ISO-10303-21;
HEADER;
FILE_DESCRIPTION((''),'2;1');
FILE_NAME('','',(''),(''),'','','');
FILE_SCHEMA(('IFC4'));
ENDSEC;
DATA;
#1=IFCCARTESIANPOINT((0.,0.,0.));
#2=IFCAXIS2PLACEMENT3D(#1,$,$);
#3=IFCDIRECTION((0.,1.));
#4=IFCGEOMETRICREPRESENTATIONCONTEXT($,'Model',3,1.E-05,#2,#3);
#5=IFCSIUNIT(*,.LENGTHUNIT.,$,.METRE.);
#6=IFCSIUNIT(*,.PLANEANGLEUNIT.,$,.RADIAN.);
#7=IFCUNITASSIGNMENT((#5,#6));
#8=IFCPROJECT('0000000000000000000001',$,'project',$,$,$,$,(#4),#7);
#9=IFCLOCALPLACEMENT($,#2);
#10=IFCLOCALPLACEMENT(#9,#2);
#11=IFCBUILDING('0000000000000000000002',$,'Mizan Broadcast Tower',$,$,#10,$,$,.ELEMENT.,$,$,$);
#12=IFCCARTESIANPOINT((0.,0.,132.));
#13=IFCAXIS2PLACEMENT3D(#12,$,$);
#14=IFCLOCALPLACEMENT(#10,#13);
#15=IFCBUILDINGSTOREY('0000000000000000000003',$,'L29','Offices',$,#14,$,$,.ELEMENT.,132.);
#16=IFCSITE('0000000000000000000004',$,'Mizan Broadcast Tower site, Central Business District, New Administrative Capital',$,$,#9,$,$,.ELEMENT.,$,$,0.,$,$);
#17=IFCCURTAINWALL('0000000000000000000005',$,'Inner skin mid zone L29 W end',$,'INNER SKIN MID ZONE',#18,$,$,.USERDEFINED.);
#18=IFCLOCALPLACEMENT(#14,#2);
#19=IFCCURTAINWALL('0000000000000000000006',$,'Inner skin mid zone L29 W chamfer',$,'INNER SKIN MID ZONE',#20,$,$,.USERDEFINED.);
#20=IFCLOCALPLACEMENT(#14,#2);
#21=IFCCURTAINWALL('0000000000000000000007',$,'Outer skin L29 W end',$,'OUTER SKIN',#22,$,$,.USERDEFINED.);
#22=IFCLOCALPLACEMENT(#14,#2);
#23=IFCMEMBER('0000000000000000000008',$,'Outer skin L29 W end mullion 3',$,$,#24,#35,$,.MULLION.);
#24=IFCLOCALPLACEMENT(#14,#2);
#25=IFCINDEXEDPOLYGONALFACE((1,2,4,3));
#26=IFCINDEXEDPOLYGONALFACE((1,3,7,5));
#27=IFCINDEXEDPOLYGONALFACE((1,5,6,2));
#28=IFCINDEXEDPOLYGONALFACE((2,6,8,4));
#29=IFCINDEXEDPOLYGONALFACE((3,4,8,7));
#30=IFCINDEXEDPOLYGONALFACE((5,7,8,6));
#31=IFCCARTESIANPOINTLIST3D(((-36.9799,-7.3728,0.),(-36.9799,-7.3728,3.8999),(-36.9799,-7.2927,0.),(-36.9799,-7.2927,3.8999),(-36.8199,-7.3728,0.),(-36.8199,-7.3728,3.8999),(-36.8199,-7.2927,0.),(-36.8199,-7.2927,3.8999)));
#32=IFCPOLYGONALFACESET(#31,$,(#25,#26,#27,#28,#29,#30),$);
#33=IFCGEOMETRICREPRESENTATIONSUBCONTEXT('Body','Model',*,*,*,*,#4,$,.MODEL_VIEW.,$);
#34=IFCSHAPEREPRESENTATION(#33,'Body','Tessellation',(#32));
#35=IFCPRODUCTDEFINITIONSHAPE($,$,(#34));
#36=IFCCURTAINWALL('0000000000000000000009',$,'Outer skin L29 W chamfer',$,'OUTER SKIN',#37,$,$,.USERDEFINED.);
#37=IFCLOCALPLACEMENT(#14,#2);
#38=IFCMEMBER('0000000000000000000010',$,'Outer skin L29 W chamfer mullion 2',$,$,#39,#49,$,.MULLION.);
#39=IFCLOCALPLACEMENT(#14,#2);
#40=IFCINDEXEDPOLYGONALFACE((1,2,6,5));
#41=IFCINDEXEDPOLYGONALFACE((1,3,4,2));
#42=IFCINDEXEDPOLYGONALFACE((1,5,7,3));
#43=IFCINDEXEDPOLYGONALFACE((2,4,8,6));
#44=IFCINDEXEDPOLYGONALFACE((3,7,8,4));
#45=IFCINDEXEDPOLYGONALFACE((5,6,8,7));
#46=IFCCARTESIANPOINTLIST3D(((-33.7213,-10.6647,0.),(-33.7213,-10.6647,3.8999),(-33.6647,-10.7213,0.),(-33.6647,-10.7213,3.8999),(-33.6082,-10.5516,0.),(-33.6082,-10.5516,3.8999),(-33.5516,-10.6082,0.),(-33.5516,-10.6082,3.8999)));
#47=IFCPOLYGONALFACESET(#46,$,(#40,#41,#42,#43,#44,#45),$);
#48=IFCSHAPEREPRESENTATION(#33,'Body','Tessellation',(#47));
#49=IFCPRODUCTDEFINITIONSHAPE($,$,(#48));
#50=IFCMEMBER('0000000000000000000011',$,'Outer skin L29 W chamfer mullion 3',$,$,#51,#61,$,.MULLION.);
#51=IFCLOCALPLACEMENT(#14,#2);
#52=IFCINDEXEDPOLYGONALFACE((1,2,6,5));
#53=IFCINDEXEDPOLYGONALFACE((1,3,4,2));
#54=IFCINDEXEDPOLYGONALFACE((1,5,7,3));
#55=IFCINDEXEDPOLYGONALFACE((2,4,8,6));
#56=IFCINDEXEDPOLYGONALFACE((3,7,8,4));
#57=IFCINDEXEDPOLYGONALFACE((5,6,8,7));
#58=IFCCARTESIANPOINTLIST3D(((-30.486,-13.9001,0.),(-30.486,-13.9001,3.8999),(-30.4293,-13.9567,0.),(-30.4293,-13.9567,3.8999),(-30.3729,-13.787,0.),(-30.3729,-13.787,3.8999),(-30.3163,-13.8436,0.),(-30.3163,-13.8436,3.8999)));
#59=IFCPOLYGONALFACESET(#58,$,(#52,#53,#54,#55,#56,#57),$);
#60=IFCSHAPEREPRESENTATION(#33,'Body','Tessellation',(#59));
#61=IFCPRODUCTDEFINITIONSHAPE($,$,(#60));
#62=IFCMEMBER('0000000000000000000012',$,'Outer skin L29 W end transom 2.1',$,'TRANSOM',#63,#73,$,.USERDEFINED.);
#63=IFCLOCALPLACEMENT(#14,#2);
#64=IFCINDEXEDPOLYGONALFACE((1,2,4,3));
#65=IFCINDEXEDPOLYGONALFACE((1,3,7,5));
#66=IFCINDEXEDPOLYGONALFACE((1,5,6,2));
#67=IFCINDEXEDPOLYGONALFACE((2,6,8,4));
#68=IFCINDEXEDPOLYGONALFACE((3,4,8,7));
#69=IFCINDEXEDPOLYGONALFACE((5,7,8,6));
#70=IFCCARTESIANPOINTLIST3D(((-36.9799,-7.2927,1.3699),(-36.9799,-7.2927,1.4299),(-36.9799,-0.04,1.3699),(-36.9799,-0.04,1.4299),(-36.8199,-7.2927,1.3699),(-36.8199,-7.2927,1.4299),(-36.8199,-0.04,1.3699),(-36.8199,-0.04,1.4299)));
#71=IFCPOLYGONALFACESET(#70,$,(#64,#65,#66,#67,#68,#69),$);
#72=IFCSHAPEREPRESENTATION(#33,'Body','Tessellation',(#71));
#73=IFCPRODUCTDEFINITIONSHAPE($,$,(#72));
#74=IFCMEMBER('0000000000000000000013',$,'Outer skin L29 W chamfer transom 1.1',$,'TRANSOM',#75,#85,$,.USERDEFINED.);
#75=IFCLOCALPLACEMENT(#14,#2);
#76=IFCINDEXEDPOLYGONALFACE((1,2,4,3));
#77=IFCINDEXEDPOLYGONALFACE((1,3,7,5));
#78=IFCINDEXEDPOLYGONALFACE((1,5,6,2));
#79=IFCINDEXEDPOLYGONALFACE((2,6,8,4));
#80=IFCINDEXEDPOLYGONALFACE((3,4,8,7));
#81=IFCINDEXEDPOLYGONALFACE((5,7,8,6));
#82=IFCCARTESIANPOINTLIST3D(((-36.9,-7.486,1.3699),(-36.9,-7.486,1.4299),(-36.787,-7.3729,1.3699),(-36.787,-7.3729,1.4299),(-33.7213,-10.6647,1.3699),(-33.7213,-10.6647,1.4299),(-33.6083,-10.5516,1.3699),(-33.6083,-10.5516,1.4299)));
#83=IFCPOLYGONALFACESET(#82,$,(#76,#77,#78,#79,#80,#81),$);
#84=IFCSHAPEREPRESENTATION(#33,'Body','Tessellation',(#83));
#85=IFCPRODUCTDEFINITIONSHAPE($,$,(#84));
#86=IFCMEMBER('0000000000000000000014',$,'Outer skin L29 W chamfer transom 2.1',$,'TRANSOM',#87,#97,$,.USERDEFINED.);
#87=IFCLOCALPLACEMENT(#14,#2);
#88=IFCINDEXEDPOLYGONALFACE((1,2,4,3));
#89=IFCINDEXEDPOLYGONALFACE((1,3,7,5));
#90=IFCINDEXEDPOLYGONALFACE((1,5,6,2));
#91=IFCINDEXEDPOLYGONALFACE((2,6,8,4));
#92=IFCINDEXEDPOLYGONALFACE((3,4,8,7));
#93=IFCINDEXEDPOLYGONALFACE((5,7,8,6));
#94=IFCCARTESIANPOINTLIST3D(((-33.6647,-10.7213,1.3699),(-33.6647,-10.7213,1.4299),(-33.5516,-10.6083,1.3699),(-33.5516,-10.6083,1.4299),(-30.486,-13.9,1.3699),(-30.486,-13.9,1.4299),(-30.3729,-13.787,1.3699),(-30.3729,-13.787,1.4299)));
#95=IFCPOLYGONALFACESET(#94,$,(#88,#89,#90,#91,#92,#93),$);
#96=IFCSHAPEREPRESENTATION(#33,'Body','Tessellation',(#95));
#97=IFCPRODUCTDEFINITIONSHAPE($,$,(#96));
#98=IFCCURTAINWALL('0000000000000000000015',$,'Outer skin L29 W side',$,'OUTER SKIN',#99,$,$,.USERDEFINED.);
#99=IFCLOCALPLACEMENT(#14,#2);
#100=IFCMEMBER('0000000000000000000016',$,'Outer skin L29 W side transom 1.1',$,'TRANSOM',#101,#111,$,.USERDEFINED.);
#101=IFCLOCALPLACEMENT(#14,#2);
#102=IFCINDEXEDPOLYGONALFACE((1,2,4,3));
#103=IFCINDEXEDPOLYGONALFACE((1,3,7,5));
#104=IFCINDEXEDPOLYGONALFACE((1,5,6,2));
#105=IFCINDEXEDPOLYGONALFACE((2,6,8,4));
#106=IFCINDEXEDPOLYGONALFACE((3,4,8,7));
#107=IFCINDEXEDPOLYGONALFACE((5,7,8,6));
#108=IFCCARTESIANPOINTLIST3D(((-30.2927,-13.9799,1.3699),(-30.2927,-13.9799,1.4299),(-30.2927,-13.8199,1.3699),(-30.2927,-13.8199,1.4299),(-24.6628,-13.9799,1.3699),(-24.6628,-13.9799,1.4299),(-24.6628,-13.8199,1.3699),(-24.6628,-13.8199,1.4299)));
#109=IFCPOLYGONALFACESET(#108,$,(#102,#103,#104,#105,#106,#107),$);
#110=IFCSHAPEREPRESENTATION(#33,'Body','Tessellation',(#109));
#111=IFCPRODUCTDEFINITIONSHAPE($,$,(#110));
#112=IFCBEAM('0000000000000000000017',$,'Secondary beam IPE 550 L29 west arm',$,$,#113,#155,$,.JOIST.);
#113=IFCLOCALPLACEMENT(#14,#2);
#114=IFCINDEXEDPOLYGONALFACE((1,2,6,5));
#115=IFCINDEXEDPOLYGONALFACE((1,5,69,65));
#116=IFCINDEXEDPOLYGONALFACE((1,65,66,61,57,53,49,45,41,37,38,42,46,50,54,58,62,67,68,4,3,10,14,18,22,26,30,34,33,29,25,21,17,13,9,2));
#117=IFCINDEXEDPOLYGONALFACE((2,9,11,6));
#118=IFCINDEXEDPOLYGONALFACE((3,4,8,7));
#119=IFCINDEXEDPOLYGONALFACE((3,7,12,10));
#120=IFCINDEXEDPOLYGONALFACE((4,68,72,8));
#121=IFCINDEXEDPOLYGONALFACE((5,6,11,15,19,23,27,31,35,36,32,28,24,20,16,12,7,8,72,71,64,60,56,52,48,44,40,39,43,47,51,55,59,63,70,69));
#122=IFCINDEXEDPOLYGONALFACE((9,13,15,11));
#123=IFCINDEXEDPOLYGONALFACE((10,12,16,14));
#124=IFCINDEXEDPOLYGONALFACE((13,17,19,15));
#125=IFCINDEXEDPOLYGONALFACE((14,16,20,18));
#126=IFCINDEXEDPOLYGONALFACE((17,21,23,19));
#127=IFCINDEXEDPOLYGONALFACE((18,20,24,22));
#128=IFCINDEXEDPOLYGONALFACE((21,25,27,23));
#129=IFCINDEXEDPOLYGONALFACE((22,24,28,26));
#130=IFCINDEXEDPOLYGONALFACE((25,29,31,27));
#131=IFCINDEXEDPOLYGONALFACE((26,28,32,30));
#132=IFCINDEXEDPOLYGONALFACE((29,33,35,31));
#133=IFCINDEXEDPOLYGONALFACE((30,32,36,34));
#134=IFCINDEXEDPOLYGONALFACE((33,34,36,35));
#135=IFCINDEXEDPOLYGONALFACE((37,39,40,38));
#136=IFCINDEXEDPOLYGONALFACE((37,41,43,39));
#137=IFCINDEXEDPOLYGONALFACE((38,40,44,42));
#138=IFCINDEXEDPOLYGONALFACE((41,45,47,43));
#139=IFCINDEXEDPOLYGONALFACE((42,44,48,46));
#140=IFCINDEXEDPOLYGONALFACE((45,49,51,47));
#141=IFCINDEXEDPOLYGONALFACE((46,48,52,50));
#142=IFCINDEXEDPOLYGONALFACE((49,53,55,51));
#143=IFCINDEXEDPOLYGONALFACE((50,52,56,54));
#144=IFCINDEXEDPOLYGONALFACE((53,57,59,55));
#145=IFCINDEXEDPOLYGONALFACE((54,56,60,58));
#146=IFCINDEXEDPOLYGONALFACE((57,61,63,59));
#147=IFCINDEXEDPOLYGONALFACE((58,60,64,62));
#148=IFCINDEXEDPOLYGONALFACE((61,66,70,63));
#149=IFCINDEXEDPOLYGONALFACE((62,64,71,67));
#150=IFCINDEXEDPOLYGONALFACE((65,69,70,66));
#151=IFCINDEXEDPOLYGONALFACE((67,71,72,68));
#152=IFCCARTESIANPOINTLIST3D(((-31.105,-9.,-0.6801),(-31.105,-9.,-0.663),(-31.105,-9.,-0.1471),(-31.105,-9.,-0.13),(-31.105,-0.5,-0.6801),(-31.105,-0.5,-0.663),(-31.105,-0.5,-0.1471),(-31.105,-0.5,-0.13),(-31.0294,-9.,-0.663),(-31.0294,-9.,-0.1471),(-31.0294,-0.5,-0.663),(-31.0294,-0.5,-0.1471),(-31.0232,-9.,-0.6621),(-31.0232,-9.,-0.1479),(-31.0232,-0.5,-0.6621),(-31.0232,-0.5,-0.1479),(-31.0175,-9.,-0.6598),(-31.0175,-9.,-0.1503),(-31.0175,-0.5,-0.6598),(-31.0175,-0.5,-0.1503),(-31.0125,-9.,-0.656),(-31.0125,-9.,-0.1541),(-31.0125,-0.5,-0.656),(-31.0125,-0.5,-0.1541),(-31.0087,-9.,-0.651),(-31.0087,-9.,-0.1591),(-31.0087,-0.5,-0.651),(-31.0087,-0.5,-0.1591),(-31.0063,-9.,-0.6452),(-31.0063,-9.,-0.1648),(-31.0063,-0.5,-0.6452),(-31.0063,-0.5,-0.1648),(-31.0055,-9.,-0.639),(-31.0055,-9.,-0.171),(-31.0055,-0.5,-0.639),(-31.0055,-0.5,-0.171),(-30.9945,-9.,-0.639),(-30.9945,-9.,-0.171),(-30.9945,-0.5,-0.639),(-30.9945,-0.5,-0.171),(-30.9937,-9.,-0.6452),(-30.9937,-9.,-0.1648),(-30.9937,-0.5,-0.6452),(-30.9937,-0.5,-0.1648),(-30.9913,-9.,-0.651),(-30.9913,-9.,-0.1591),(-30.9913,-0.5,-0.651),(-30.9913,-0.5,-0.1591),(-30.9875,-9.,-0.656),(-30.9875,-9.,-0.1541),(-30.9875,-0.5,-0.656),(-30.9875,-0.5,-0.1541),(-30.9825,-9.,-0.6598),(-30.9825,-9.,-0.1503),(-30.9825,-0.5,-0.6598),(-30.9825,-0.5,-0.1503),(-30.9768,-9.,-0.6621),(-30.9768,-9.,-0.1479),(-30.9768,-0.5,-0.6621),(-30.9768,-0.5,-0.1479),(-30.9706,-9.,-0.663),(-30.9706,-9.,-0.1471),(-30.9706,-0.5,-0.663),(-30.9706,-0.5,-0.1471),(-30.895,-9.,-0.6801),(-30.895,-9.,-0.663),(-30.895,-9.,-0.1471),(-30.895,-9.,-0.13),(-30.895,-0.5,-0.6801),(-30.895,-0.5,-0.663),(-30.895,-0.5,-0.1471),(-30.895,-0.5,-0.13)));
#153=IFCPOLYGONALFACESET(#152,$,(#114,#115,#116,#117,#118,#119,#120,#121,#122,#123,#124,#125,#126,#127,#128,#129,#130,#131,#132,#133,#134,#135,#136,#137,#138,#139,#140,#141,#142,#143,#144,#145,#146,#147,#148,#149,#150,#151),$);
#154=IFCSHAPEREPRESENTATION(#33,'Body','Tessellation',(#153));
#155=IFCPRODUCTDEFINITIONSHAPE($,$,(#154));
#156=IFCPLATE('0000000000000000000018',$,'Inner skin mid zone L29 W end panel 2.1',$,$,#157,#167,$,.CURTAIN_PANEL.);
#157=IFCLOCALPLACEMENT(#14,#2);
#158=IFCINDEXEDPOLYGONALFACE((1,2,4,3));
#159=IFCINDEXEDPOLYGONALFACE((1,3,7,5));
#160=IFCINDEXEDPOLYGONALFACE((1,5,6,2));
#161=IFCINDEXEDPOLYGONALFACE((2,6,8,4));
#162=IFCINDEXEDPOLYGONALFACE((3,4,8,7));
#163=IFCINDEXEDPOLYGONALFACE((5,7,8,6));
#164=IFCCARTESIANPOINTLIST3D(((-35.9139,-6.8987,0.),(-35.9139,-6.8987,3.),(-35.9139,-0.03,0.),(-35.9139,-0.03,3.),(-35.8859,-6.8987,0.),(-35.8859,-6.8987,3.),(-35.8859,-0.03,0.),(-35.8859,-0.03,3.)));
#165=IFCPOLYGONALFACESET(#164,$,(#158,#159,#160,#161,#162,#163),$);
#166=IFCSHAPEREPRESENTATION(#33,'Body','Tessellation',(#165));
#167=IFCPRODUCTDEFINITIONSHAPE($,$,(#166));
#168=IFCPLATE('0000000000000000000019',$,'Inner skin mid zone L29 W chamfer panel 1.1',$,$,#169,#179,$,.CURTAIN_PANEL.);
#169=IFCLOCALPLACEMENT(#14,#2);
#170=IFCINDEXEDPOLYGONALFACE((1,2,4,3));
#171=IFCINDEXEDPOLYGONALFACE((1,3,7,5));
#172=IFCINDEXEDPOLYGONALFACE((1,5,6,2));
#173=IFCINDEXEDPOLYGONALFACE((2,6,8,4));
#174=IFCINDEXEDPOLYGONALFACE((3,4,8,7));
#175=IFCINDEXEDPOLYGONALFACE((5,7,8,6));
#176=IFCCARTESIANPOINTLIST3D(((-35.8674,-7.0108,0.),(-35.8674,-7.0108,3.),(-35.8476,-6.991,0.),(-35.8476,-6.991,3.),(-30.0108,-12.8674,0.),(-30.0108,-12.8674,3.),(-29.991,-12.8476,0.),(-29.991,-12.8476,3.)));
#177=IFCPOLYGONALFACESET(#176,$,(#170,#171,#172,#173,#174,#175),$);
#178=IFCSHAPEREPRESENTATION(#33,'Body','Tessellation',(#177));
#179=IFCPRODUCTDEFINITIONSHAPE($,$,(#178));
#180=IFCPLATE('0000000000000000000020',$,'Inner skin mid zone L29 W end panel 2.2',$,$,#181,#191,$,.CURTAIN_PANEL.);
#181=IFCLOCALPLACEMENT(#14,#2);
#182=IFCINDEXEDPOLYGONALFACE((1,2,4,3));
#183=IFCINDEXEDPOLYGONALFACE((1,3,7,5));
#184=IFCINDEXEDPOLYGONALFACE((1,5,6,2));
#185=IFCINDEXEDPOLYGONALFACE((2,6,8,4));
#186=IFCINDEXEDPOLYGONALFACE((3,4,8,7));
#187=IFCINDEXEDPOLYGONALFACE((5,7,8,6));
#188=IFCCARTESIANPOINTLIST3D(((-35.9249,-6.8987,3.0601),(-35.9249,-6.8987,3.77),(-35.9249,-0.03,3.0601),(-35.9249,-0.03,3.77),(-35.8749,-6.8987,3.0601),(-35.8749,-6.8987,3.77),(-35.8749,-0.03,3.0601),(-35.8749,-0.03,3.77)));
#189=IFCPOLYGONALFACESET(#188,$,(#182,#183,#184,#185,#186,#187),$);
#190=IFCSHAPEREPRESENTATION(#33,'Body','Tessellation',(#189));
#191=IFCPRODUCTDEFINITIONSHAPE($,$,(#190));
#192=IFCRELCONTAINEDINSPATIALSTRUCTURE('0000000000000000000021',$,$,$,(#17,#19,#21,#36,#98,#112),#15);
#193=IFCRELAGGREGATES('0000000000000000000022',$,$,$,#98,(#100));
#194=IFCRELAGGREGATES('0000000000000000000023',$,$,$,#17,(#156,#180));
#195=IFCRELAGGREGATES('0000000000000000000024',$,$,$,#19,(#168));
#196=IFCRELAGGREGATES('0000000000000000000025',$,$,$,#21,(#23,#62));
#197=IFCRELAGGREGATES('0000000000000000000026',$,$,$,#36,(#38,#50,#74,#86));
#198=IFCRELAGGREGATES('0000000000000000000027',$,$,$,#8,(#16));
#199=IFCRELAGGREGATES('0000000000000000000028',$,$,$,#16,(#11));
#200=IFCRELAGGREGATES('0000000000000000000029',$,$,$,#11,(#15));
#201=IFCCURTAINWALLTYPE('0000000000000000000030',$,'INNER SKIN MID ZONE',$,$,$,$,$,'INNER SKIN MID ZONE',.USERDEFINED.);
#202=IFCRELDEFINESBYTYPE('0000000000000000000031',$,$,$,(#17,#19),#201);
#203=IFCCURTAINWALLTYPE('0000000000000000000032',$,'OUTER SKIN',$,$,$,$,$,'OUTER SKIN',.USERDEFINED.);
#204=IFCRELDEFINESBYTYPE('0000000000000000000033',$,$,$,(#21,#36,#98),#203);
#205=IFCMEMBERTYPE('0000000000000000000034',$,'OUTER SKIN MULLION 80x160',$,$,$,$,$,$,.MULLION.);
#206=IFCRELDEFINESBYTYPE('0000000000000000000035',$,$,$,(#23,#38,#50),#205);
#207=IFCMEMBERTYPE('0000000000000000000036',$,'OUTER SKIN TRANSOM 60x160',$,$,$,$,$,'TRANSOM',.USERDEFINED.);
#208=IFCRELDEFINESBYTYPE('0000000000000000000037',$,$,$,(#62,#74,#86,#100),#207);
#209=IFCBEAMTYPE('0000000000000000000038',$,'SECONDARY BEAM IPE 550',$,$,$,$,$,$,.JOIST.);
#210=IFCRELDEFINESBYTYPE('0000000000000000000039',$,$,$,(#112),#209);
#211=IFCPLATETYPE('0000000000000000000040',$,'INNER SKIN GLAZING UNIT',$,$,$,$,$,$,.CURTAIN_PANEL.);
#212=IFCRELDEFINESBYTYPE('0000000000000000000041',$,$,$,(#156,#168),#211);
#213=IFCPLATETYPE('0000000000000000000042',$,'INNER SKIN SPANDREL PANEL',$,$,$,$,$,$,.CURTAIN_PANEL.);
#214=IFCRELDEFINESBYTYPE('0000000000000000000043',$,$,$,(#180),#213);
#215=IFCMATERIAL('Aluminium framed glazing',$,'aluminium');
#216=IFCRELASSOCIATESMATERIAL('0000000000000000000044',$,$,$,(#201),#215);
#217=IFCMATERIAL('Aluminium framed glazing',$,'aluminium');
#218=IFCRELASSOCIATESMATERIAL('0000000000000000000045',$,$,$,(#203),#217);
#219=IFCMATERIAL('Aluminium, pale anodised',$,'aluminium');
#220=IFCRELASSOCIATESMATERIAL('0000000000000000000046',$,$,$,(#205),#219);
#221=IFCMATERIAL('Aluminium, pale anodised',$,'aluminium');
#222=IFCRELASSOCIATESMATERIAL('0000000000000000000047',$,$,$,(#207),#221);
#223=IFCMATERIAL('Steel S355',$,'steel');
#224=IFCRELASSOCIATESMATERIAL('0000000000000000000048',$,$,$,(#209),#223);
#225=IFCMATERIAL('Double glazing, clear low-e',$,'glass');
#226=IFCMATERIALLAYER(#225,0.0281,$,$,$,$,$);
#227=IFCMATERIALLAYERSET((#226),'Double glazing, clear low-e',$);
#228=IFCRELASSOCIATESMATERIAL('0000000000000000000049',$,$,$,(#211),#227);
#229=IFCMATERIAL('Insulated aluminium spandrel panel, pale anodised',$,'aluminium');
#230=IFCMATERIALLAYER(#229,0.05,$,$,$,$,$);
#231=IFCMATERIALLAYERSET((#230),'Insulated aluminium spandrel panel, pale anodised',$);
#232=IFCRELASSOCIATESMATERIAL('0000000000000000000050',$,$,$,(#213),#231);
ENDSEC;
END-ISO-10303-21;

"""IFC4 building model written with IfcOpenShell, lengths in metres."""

from ifc_helpers import new_model, si_unit, direction, frame, origin, origin_2d, place, context, subcontext, project, spatial, rectangle, i_section, extrude, material, layer, layer_set, material_profile, profile_set, type_object, element, aggregate, save


model = new_model("IFC4")

# Units and contexts
model_context = context("Model", 3, precision=1e-05, world=origin(), true_north=direction((0.0, 1.0)))
body_context = subcontext(model_context, "Body", "Model", "MODEL_VIEW")
ifc_project = project(units=[si_unit("LENGTHUNIT", "METRE"), si_unit("PLANEANGLEUNIT", "RADIAN")], contexts=[model_context])

# Site, building, storey
site_placement = place(None, origin())
site = spatial("IfcSite", under=ifc_project, at=site_placement, Name="Mizan Broadcast Tower site, Central Business District, New Administrative Capital", CompositionType="ELEMENT", RefElevation=0.0)
building_placement = place(site_placement, origin())
building = spatial("IfcBuilding", under=site, at=building_placement, Name="Mizan Broadcast Tower", CompositionType="ELEMENT")
storey_placement = place(building_placement, frame((0.0, 0.0, 132.0)))
storey = spatial("IfcBuildingStorey", under=building, at=storey_placement, Name="L29", Description="Offices", CompositionType="ELEMENT", Elevation=132.0)

# Curtain wall
ifc_material_1 = material(Name="Aluminium framed glazing", Category="aluminium")
curtain_wall_type_1 = type_object("IfcCurtainWallType", Name="INNER SKIN MID ZONE", ElementType="INNER SKIN MID ZONE", PredefinedType="USERDEFINED", material=ifc_material_1)
curtain_wall_1_placement = place(storey_placement, origin())
curtain_wall_1 = element("IfcCurtainWall", 1, at=curtain_wall_1_placement, inside=storey, type_object=curtain_wall_type_1, Name="Inner skin mid zone L29 W end", ObjectType="INNER SKIN MID ZONE", PredefinedType="USERDEFINED")

# Curtain wall
curtain_wall_2_placement = place(storey_placement, origin())
curtain_wall_2 = element("IfcCurtainWall", 2, at=curtain_wall_2_placement, inside=storey, type_object=curtain_wall_type_1, Name="Inner skin mid zone L29 W chamfer", ObjectType="INNER SKIN MID ZONE", PredefinedType="USERDEFINED")

# Curtain walls, members
ifc_material_2 = material(Name="Aluminium framed glazing", Category="aluminium")
curtain_wall_type_2 = type_object("IfcCurtainWallType", Name="OUTER SKIN", ElementType="OUTER SKIN", PredefinedType="USERDEFINED", material=ifc_material_2)
curtain_wall_3_placement = place(storey_placement, origin())
curtain_wall_3 = element("IfcCurtainWall", 3, at=curtain_wall_3_placement, inside=storey, type_object=curtain_wall_type_2, Name="Outer skin L29 W end", ObjectType="OUTER SKIN", PredefinedType="USERDEFINED")
ifc_material_3 = material(Name="Aluminium, pale anodised", Category="aluminium")
ifc_material_profile_1 = material_profile(ifc_material_3, rectangle(XDim=0.1599, YDim=0.0801, at=origin_2d()), Name="MULLION 160x80")
ifc_profile_set_1 = profile_set([ifc_material_profile_1], Name="Aluminium, pale anodised")
member_type_1 = type_object("IfcMemberType", Name="OUTER SKIN MULLION 80x160", PredefinedType="MULLION", material=ifc_profile_set_1)
member_1_placement = place(storey_placement, frame((-36.8999, -7.3328, 0.0), z_axis=(0.0, 0.0, 1.0), x_axis=(1.0, 0.0, 0.0)))
member_1 = element("IfcMember", 4, at=member_1_placement, type_object=member_type_1, Name="Outer skin L29 W end mullion 3", PredefinedType="MULLION", context=body_context, shape_type="SweptSolid", body=[
    extrude(rectangle(XDim=0.1599, YDim=0.0801, at=origin_2d()), origin(), (0.0, 0.0, 1.0), 3.8999),
])
curtain_wall_4_placement = place(storey_placement, origin())
curtain_wall_4 = element("IfcCurtainWall", 5, at=curtain_wall_4_placement, inside=storey, type_object=curtain_wall_type_2, Name="Outer skin L29 W chamfer", ObjectType="OUTER SKIN", PredefinedType="USERDEFINED")
member_2_placement = place(storey_placement, frame((-33.6365, -10.6365, 0.0), z_axis=(0.0, 0.0, 1.0), x_axis=(0.707107, 0.707107, 0.0)))
member_2 = element("IfcMember", 6, at=member_2_placement, type_object=member_type_1, Name="Outer skin L29 W chamfer mullion 2", PredefinedType="MULLION", context=body_context, shape_type="SweptSolid", body=[
    extrude(rectangle(XDim=0.1599, YDim=0.0801, at=origin_2d()), origin(), (0.0, 0.0, 1.0), 3.8999),
])
member_3_placement = place(storey_placement, frame((-30.4011, -13.8718, 0.0), z_axis=(0.0, 0.0, 1.0), x_axis=(0.707107, 0.707107, 0.0)))
member_3 = element("IfcMember", 7, at=member_3_placement, type_object=member_type_1, Name="Outer skin L29 W chamfer mullion 3", PredefinedType="MULLION", context=body_context, shape_type="SweptSolid", body=[
    extrude(rectangle(XDim=0.1599, YDim=0.0801, at=origin_2d()), origin(), (0.0, 0.0, 1.0), 3.8999),
])

# Members
ifc_material_4 = material(Name="Aluminium, pale anodised", Category="aluminium")
ifc_material_profile_2 = material_profile(ifc_material_4, rectangle(XDim=0.1599, YDim=0.0601, at=origin_2d()), Name="TRANSOM 160x60")
ifc_profile_set_2 = profile_set([ifc_material_profile_2], Name="Aluminium, pale anodised")
member_type_2 = type_object("IfcMemberType", Name="OUTER SKIN TRANSOM 60x160", ElementType="TRANSOM", PredefinedType="USERDEFINED", material=ifc_profile_set_2)
member_4_placement = place(storey_placement, frame((-36.8999, -0.04, 1.3999), z_axis=(0.0, -1.0, 0.0), x_axis=(1.0, 0.0, 0.0)))
member_4 = element("IfcMember", 8, at=member_4_placement, type_object=member_type_2, Name="Outer skin L29 W end transom 2.1", ObjectType="TRANSOM", PredefinedType="USERDEFINED", context=body_context, shape_type="SweptSolid", body=[
    extrude(rectangle(XDim=0.1599, YDim=0.0601, at=origin_2d()), origin(), (0.0, 0.0, 1.0), 7.2527),
])
member_5_placement = place(storey_placement, frame((-36.8435, -7.4294, 1.3999), z_axis=(0.707107, -0.707107, 0.0), x_axis=(0.707107, 0.707107, 0.0)))
member_5 = element("IfcMember", 9, at=member_5_placement, type_object=member_type_2, Name="Outer skin L29 W chamfer transom 1.1", ObjectType="TRANSOM", PredefinedType="USERDEFINED", context=body_context, shape_type="SweptSolid", body=[
    extrude(rectangle(XDim=0.1599, YDim=0.0601, at=origin_2d()), origin(), (0.0, 0.0, 1.0), 4.4954),
])
member_6_placement = place(storey_placement, frame((-33.6082, -10.6648, 1.3999), z_axis=(0.707107, -0.707107, 0.0), x_axis=(0.707107, 0.707107, 0.0)))
member_6 = element("IfcMember", 10, at=member_6_placement, type_object=member_type_2, Name="Outer skin L29 W chamfer transom 2.1", ObjectType="TRANSOM", PredefinedType="USERDEFINED", context=body_context, shape_type="SweptSolid", body=[
    extrude(rectangle(XDim=0.1599, YDim=0.0601, at=origin_2d()), origin(), (0.0, 0.0, 1.0), 4.4954),
])

# Curtain wall, member
curtain_wall_5_placement = place(storey_placement, origin())
curtain_wall_5 = element("IfcCurtainWall", 11, at=curtain_wall_5_placement, inside=storey, type_object=curtain_wall_type_2, Name="Outer skin L29 W side", ObjectType="OUTER SKIN", PredefinedType="USERDEFINED")
member_7_placement = place(storey_placement, frame((-30.2927, -13.8999, 1.3999), z_axis=(1.0, 0.0, 0.0), x_axis=(0.0, 1.0, 0.0)))
member_7 = element("IfcMember", 12, at=member_7_placement, type_object=member_type_2, Name="Outer skin L29 W side transom 1.1", ObjectType="TRANSOM", PredefinedType="USERDEFINED", context=body_context, shape_type="SweptSolid", body=[
    extrude(rectangle(XDim=0.1599, YDim=0.0601, at=origin_2d()), origin(), (0.0, 0.0, 1.0), 5.6299),
])
aggregate(curtain_wall_5, [member_7])

# Beam
ifc_material_5 = material(Name="Steel S355", Category="steel")
ifc_material_profile_3 = material_profile(ifc_material_5, i_section(OverallWidth=0.21, OverallDepth=0.55, WebThickness=0.011, FlangeThickness=0.0171, FilletRadius=0.0239, at=origin_2d()), Name="IPE 550")
ifc_profile_set_3 = profile_set([ifc_material_profile_3], Name="Steel S355")
beam_type_1 = type_object("IfcBeamType", Name="SECONDARY BEAM IPE 550", PredefinedType="JOIST", material=ifc_profile_set_3)
beam_1_placement = place(storey_placement, frame((-31.0, -9.0, -0.405), z_axis=(0.0, 1.0, 0.0), x_axis=(-1.0, 0.0, 0.0)))
element("IfcBeam", 13, at=beam_1_placement, inside=storey, type_object=beam_type_1, Name="Secondary beam IPE 550 L29 west arm", PredefinedType="JOIST", context=body_context, shape_type="SweptSolid", body=[
    extrude(i_section(OverallWidth=0.21, OverallDepth=0.55, WebThickness=0.011, FlangeThickness=0.0171, FilletRadius=0.0239, at=origin_2d()), origin(), (0.0, 0.0, 1.0), 8.5),
])

# Plates
ifc_material_6 = material(Name="Double glazing, clear low-e", Category="glass")
ifc_layer_1 = layer(ifc_material_6, 0.0281)
ifc_layer_set_1 = layer_set([ifc_layer_1], Name="Double glazing, clear low-e")
plate_type_1 = type_object("IfcPlateType", Name="INNER SKIN GLAZING UNIT", PredefinedType="CURTAIN_PANEL", material=ifc_layer_set_1)
plate_1_placement = place(storey_placement, frame((-35.8999, -3.4644, 0.0), z_axis=(0.0, 0.0, 1.0), x_axis=(0.0, -1.0, 0.0)))
plate_1 = element("IfcPlate", 14, at=plate_1_placement, type_object=plate_type_1, Name="Inner skin mid zone L29 W end panel 2.1", PredefinedType="CURTAIN_PANEL", context=body_context, shape_type="SweptSolid", body=[
    extrude(rectangle(XDim=6.8687, YDim=0.0281, at=origin_2d()), origin(), (0.0, 0.0, 1.0), 3.0),
])
plate_2_placement = place(storey_placement, frame((-32.9292, -9.9292, 0.0), z_axis=(0.0, 0.0, 1.0), x_axis=(0.707107, -0.707107, 0.0)))
plate_2 = element("IfcPlate", 15, at=plate_2_placement, type_object=plate_type_1, Name="Inner skin mid zone L29 W chamfer panel 1.1", PredefinedType="CURTAIN_PANEL", context=body_context, shape_type="SweptSolid", body=[
    extrude(rectangle(XDim=8.2825, YDim=0.0281, at=origin_2d()), origin(), (0.0, 0.0, 1.0), 3.0),
])
ifc_material_7 = material(Name="Insulated aluminium spandrel panel, pale anodised", Category="aluminium")
ifc_layer_2 = layer(ifc_material_7, 0.05)
ifc_layer_set_2 = layer_set([ifc_layer_2], Name="Insulated aluminium spandrel panel, pale anodised")
plate_type_2 = type_object("IfcPlateType", Name="INNER SKIN SPANDREL PANEL", PredefinedType="CURTAIN_PANEL", material=ifc_layer_set_2)
plate_3_placement = place(storey_placement, frame((-35.8999, -3.4644, 3.0601), z_axis=(0.0, 0.0, 1.0), x_axis=(0.0, -1.0, 0.0)))
plate_3 = element("IfcPlate", 16, at=plate_3_placement, type_object=plate_type_2, Name="Inner skin mid zone L29 W end panel 2.2", PredefinedType="CURTAIN_PANEL", context=body_context, shape_type="SweptSolid", body=[
    extrude(rectangle(XDim=6.8687, YDim=0.05, at=origin_2d()), origin(), (0.0, 0.0, 1.0), 0.71),
])
aggregate(curtain_wall_1, [plate_1, plate_3])
aggregate(curtain_wall_2, [plate_2])
aggregate(curtain_wall_3, [member_1, member_4])
aggregate(curtain_wall_4, [member_2, member_3, member_5, member_6])

save(model, "model.ifc")
